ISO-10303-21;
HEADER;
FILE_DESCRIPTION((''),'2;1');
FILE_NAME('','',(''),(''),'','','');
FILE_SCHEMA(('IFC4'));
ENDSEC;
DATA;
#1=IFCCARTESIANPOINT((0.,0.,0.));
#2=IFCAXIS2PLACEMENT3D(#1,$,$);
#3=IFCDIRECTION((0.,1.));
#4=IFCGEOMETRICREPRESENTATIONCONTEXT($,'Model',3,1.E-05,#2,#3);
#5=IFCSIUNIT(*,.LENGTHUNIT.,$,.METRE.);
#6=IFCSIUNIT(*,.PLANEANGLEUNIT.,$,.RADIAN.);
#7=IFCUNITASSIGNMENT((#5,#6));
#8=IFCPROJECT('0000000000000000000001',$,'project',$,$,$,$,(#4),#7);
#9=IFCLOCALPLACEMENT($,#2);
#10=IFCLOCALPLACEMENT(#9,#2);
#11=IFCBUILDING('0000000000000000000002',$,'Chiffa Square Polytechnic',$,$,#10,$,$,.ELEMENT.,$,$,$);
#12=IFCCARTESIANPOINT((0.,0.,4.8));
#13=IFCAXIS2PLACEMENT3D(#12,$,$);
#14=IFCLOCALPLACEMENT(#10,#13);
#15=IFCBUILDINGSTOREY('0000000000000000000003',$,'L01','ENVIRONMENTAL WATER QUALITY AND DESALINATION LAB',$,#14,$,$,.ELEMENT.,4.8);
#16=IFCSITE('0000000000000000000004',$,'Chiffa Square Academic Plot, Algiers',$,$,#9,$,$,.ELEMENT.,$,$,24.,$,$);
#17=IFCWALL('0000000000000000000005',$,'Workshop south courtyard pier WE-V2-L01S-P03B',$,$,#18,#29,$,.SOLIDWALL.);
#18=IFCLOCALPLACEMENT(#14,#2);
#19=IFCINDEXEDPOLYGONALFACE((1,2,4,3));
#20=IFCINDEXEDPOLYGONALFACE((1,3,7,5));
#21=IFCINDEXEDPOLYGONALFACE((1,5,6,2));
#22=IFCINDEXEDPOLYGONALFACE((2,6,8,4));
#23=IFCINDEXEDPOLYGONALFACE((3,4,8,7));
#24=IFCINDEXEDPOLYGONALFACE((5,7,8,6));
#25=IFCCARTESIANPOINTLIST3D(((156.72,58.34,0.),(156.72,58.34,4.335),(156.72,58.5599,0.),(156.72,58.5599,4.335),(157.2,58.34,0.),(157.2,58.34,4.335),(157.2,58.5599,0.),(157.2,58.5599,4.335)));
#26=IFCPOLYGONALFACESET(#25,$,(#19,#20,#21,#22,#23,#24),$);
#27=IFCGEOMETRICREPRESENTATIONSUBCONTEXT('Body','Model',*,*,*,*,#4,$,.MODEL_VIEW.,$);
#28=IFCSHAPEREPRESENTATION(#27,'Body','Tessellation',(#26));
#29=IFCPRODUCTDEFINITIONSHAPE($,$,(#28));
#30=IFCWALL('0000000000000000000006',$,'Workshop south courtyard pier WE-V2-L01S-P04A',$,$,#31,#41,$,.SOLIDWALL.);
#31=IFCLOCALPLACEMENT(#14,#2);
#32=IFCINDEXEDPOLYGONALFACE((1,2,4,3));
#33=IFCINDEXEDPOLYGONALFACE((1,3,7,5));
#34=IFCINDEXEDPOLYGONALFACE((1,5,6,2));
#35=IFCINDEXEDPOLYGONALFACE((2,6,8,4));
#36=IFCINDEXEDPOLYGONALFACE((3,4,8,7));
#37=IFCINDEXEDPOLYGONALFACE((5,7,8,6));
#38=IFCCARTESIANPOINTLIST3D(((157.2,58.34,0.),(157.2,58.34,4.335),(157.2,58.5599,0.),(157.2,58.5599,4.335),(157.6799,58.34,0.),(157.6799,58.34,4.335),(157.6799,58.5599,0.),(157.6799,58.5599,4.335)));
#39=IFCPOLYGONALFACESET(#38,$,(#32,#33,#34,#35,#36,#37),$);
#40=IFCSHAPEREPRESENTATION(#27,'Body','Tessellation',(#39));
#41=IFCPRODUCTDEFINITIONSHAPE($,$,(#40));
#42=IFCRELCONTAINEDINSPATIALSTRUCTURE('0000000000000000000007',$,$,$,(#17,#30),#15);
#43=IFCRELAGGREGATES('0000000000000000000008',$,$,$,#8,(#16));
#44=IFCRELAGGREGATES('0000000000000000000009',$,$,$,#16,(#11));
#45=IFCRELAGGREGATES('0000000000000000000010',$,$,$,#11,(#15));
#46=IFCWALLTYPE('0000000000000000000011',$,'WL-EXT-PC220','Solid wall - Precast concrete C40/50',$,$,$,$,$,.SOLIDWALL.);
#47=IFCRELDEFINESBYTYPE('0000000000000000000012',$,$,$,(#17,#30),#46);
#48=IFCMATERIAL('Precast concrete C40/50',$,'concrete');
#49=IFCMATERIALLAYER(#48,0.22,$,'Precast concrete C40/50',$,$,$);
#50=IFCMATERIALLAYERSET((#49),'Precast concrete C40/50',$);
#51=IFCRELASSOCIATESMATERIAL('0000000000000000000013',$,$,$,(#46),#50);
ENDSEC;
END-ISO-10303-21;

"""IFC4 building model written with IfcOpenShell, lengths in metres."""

from ifc_helpers import new_model, si_unit, direction, frame, frame_2d, origin, place, context, subcontext, project, spatial, rectangle, extrude, material, layer, layer_set, type_object, element, save


model = new_model("IFC4")

# Units and contexts
model_context = context("Model", 3, precision=1e-05, world=origin(), true_north=direction((0.0, 1.0)))
body_context = subcontext(model_context, "Body", "Model", "MODEL_VIEW")
ifc_project = project(units=[si_unit("LENGTHUNIT", "METRE"), si_unit("PLANEANGLEUNIT", "RADIAN")], contexts=[model_context])

# Site, building, storey
site_placement = place(None, origin())
site = spatial("IfcSite", under=ifc_project, at=site_placement, Name="Chiffa Square Academic Plot, Algiers", CompositionType="ELEMENT", RefElevation=24.0)
building_placement = place(site_placement, origin())
building = spatial("IfcBuilding", under=site, at=building_placement, Name="Chiffa Square Polytechnic", CompositionType="ELEMENT")
storey_placement = place(building_placement, frame((0.0, 0.0, 4.8)))
storey = spatial("IfcBuildingStorey", under=building, at=storey_placement, Name="L01", Description="ENVIRONMENTAL WATER QUALITY AND DESALINATION LAB", CompositionType="ELEMENT", Elevation=4.8)

# Walls
ifc_material_1 = material(Name="Precast concrete C40/50", Category="concrete")
ifc_layer_1 = layer(ifc_material_1, 0.22, Name="Precast concrete C40/50")
ifc_layer_set_1 = layer_set([ifc_layer_1], Name="Precast concrete C40/50")
wall_type = type_object("IfcWallType", Name="WL-EXT-PC220", Description="Solid wall - Precast concrete C40/50", PredefinedType="SOLIDWALL", material=ifc_layer_set_1)
for number, where, z_axis, x_axis, name in (
    (1, (156.72, 58.45, 0.0), (0.0, 0.0, 1.0), (1.0, 0.0, 0.0), "Workshop south courtyard pier WE-V2-L01S-P03B"),
    (2, (157.2, 58.45, 0.0), (0.0, 0.0, 1.0), (1.0, 0.0, 0.0), "Workshop south courtyard pier WE-V2-L01S-P04A"),
):
    element("IfcWall", number, at=place(storey_placement, frame(where, z_axis=z_axis, x_axis=x_axis)), inside=storey, type_object=wall_type, Name=name, PredefinedType="SOLIDWALL", context=body_context, shape_type="SweptSolid", body=[
        extrude(rectangle(XDim=0.48, YDim=0.22, at=frame_2d((0.24, 0.0))), origin(), (0.0, 0.0, 1.0), 4.335),
    ])

save(model, "model.ifc")
